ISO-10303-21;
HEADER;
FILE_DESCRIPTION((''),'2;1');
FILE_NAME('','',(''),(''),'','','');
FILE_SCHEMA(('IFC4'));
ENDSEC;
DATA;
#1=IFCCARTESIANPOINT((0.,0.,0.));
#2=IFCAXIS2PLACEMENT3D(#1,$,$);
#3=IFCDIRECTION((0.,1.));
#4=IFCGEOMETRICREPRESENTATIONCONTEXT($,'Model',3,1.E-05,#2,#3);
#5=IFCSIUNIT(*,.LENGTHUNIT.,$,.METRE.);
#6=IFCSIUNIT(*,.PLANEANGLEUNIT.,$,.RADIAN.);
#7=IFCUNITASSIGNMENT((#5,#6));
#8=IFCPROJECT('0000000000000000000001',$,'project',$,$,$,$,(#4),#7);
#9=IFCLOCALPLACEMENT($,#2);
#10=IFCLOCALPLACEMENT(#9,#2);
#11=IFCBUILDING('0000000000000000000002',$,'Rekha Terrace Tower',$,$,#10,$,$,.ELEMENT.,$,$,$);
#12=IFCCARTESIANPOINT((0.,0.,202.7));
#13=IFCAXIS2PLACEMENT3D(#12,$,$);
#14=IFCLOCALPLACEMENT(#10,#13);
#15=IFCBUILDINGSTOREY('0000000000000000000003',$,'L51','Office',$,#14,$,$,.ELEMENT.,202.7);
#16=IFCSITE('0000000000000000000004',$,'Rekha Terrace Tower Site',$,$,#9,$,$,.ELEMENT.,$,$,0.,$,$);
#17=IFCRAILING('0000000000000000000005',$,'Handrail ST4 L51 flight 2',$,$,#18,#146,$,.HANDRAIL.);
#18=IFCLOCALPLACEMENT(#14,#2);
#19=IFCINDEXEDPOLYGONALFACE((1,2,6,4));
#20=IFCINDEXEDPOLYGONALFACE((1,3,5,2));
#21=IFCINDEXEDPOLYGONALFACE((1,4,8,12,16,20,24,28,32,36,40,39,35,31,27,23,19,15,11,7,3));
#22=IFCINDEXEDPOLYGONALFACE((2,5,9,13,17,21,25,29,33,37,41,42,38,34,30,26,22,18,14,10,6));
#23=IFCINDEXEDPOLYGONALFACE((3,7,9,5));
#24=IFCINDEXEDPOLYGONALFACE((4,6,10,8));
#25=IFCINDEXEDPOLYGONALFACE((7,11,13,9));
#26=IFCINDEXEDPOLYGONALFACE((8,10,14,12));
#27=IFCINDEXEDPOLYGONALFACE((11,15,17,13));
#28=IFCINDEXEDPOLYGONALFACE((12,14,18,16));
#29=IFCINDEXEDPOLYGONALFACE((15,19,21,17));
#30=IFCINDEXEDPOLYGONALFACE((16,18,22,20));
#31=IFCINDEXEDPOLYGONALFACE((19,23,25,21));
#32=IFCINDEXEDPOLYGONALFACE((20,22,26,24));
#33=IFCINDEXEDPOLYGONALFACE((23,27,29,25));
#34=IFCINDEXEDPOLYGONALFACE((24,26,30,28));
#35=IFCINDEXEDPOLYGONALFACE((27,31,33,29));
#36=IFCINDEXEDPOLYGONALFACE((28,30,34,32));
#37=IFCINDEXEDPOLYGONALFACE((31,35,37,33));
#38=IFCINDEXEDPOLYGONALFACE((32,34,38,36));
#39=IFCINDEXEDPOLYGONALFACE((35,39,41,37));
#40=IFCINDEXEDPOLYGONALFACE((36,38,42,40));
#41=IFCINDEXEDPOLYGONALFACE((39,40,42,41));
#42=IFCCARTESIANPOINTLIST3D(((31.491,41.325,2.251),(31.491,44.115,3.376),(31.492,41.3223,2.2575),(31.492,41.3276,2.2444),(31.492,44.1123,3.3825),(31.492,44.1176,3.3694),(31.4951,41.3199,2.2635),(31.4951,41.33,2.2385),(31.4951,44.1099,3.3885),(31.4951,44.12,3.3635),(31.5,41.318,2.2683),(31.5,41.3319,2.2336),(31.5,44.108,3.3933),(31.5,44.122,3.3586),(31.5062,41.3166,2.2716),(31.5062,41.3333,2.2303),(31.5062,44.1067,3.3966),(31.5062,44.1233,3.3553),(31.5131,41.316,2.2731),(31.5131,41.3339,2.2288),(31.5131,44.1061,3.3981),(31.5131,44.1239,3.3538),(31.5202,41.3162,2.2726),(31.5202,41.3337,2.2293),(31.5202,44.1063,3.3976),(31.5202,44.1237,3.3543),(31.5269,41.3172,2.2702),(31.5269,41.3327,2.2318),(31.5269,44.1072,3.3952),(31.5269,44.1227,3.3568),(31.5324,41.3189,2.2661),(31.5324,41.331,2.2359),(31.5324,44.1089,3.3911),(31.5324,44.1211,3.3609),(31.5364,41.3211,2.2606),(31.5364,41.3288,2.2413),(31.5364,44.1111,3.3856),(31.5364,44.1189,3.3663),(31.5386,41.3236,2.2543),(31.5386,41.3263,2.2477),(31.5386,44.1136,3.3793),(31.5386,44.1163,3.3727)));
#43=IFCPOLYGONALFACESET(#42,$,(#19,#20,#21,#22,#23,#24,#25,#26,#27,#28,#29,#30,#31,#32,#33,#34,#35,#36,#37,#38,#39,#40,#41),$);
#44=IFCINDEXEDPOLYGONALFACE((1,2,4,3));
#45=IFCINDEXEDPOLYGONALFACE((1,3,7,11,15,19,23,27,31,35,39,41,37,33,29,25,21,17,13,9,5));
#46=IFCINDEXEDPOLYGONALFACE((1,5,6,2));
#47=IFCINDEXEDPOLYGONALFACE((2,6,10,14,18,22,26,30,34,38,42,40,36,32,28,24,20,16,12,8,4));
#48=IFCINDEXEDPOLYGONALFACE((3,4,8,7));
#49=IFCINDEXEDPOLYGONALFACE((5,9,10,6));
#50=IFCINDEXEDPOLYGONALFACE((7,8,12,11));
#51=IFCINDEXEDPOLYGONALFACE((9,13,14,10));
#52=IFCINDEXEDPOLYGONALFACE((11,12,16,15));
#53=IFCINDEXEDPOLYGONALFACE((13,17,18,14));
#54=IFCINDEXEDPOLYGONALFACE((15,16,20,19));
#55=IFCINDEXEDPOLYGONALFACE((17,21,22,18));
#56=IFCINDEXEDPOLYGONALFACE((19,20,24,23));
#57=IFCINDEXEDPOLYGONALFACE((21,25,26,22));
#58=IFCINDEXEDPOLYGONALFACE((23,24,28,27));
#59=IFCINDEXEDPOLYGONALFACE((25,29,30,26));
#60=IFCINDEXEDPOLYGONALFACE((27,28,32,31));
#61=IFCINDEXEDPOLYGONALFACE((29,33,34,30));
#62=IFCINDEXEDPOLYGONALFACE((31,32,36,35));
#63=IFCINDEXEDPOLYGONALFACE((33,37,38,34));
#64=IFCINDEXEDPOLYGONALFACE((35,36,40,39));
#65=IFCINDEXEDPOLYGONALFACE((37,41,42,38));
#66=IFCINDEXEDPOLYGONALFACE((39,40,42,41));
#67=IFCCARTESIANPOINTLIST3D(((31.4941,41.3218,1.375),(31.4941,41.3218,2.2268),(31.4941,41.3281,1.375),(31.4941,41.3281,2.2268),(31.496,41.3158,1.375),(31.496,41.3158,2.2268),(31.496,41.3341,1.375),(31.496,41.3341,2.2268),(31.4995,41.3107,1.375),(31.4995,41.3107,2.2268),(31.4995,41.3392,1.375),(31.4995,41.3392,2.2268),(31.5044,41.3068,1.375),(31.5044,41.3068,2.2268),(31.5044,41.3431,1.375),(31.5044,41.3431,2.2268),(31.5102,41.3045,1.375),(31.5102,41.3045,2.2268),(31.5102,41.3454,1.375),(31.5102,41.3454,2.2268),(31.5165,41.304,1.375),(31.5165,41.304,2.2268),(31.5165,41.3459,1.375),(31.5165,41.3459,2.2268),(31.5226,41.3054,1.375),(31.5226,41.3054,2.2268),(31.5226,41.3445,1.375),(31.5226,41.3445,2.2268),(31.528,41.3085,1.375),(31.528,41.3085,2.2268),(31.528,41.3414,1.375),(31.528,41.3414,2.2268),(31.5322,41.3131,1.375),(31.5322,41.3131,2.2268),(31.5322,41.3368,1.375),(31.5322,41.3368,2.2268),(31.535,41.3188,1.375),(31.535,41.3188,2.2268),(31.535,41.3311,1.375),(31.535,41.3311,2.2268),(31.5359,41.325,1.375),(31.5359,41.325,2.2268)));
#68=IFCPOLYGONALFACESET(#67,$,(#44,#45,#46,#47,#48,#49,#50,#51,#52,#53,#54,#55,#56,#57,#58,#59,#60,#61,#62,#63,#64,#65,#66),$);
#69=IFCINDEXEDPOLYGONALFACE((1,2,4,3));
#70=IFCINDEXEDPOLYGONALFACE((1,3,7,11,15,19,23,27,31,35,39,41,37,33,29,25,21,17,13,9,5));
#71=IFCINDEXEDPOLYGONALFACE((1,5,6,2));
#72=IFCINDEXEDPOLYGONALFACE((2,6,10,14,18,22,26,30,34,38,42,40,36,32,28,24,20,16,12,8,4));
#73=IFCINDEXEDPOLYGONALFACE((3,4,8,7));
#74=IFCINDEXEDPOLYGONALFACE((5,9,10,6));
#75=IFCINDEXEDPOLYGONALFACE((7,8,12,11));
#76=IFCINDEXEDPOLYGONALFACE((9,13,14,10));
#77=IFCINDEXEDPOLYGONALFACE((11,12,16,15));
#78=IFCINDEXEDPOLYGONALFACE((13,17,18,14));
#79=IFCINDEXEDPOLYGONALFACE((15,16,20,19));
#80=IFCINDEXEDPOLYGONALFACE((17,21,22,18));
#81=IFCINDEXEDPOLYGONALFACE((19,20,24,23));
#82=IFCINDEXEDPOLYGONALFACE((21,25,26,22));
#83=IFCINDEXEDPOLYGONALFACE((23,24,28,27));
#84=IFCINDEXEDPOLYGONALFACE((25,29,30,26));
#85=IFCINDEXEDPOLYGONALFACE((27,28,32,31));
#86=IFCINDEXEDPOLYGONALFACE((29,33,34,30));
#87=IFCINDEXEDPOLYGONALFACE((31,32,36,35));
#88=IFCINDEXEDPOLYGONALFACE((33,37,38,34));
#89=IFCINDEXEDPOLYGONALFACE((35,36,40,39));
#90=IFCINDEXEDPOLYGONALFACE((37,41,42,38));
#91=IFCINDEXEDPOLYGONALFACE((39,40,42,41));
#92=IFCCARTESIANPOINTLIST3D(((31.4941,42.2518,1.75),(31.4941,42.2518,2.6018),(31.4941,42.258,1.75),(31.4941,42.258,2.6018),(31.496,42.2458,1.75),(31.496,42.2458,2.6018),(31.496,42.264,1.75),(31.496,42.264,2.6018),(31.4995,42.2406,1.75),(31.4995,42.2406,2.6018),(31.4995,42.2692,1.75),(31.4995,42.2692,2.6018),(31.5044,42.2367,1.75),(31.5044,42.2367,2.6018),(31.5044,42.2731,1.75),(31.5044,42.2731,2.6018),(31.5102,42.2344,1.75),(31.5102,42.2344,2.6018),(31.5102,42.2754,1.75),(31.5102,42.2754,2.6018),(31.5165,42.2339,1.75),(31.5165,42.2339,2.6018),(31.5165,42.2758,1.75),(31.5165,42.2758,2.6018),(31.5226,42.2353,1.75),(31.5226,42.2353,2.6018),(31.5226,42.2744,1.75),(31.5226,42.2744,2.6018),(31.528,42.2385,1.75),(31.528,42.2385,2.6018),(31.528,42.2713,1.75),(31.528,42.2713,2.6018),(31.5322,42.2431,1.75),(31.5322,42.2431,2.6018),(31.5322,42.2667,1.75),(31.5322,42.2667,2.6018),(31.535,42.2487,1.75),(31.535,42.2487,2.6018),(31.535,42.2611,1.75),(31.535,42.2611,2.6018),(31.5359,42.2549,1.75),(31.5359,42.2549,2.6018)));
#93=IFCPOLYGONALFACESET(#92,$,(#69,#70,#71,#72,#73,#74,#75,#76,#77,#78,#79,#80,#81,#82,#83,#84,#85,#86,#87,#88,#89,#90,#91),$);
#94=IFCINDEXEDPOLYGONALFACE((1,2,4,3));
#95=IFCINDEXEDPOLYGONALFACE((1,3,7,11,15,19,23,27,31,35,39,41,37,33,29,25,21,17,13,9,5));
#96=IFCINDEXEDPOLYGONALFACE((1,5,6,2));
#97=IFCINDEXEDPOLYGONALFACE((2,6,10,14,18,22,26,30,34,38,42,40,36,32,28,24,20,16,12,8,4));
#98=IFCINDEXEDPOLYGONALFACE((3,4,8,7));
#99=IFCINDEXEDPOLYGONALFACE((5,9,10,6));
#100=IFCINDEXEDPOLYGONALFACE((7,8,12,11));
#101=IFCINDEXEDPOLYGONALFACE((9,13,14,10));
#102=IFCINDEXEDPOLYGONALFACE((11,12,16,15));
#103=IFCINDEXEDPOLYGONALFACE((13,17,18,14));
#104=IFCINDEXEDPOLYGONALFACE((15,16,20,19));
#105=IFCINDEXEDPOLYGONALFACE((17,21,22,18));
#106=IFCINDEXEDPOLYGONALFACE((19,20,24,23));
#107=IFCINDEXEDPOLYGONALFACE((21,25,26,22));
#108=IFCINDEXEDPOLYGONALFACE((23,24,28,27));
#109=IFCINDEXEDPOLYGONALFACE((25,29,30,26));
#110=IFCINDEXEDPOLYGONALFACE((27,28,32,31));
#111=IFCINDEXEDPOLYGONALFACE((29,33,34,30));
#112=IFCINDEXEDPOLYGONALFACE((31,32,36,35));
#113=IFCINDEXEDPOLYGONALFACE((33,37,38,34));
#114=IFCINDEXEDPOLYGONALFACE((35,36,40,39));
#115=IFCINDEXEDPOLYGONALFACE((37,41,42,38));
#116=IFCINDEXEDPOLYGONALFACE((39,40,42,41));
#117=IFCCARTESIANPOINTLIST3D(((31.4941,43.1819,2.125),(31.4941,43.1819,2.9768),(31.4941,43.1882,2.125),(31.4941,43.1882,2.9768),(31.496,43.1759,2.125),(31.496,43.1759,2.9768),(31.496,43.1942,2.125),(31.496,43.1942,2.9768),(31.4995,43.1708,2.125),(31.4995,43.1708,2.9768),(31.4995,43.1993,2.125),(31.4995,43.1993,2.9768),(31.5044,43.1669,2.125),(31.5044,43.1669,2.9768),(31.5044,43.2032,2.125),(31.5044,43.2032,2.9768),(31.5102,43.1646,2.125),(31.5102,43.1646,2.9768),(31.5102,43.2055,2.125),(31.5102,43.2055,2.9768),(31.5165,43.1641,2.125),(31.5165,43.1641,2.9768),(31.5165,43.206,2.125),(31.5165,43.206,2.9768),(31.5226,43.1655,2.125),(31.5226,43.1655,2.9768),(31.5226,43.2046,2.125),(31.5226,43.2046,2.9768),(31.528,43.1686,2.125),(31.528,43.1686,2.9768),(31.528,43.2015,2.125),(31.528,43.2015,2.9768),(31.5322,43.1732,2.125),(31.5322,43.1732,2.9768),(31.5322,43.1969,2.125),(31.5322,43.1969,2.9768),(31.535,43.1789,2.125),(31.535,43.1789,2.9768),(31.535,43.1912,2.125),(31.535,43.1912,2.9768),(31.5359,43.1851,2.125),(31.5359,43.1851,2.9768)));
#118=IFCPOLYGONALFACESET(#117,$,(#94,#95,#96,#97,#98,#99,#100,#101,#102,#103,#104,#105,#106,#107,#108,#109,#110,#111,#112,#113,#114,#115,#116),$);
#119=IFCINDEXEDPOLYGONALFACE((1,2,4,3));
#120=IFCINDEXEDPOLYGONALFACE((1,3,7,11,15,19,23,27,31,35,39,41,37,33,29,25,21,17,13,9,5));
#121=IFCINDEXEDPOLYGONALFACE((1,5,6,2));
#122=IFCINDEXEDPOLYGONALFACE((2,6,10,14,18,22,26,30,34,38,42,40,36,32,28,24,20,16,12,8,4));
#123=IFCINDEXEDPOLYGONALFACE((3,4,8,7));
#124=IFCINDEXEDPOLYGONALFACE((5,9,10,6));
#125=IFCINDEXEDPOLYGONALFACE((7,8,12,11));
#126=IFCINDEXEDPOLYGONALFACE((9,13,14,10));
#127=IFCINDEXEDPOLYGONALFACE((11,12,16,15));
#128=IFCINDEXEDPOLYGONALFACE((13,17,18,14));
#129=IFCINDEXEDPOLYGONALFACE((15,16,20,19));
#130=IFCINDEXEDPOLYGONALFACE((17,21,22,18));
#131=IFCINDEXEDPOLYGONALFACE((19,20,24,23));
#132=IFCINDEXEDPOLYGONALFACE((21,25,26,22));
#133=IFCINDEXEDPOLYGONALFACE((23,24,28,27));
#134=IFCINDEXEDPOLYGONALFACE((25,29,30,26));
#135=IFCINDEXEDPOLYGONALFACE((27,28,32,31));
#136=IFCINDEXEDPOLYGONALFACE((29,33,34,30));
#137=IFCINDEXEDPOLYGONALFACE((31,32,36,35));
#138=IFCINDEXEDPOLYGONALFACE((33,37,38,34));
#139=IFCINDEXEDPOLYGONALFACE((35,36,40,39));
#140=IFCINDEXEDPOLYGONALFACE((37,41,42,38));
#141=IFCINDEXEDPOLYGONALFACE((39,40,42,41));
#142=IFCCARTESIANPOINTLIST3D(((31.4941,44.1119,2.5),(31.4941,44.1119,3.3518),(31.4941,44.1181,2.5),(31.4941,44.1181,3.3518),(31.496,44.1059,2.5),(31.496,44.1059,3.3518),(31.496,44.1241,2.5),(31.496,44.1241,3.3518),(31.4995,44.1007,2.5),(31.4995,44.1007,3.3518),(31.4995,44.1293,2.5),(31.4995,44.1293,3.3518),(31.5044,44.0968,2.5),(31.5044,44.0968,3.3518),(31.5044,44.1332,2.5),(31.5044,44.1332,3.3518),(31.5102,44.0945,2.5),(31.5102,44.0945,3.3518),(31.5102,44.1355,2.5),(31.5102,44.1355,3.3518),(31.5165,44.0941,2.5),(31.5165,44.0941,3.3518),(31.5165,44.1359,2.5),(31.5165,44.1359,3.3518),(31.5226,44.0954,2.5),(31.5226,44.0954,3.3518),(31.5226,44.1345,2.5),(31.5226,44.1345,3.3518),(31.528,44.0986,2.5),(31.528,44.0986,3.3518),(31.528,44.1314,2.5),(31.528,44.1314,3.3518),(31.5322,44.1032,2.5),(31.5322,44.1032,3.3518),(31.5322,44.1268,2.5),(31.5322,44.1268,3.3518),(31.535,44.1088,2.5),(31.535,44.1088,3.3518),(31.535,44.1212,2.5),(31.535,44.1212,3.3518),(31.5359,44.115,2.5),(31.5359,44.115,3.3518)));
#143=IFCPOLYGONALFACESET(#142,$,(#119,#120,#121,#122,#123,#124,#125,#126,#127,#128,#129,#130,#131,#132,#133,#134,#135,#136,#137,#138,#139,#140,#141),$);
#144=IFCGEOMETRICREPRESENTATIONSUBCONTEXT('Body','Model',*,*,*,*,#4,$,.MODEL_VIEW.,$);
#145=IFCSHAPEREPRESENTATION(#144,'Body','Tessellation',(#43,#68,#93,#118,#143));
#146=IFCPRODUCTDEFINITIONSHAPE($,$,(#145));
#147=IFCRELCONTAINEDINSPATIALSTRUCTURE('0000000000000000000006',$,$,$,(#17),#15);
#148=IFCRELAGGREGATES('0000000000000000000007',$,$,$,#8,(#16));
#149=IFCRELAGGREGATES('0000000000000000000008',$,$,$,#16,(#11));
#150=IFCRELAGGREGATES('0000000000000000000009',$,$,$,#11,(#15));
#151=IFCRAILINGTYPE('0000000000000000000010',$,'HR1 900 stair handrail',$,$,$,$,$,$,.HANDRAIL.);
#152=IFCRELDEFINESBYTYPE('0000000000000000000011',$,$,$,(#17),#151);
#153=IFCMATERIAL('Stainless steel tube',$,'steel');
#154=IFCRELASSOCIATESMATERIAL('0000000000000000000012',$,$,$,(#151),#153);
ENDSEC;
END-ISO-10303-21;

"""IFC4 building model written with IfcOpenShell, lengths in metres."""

from ifc_helpers import new_model, si_unit, direction, frame, origin, origin_2d, place, context, subcontext, project, spatial, circle, extrude, material, type_object, element, save


model = new_model("IFC4")

# Units and contexts
model_context = context("Model", 3, precision=1e-05, world=origin(), true_north=direction((0.0, 1.0)))
body_context = subcontext(model_context, "Body", "Model", "MODEL_VIEW")
ifc_project = project(units=[si_unit("LENGTHUNIT", "METRE"), si_unit("PLANEANGLEUNIT", "RADIAN")], contexts=[model_context])

# Site, building, storey
site_placement = place(None, origin())
site = spatial("IfcSite", under=ifc_project, at=site_placement, Name="Rekha Terrace Tower Site", CompositionType="ELEMENT", RefElevation=0.0)
building_placement = place(site_placement, origin())
building = spatial("IfcBuilding", under=site, at=building_placement, Name="Rekha Terrace Tower", CompositionType="ELEMENT")
storey_placement = place(building_placement, frame((0.0, 0.0, 202.7)))
storey = spatial("IfcBuildingStorey", under=building, at=storey_placement, Name="L51", Description="Office", CompositionType="ELEMENT", Elevation=202.7)

# Railing
ifc_material_1 = material(Name="Stainless steel tube", Category="steel")
railing_type_1 = type_object("IfcRailingType", Name="HR1 900 stair handrail", PredefinedType="HANDRAIL", material=ifc_material_1)
railing_1_placement = place(storey_placement, frame((31.5149, 41.325, 1.375)))
element("IfcRailing", 1, at=railing_1_placement, inside=storey, type_object=railing_type_1, Name="Handrail ST4 L51 flight 2", PredefinedType="HANDRAIL", context=body_context, shape_type="SweptSolid", body=[
    extrude(circle(Radius=0.0239, at=origin_2d()), frame((0.0, 0.0, 0.876), z_axis=(0.0, 0.927443, 0.373964), x_axis=(-1.0, 0.0, 0.0)), (0.0, 0.0, 1.0), 3.0083),
    extrude(circle(Radius=0.021, at=origin_2d()), origin(), (0.0, 0.0, 1.0), 0.8518),
    extrude(circle(Radius=0.021, at=origin_2d()), frame((0.0, 0.9299, 0.375)), (0.0, 0.0, 1.0), 0.8518),
    extrude(circle(Radius=0.021, at=origin_2d()), frame((0.0, 1.8601, 0.75)), (0.0, 0.0, 1.0), 0.8518),
    extrude(circle(Radius=0.021, at=origin_2d()), frame((0.0, 2.79, 1.125)), (0.0, 0.0, 1.0), 0.8518),
])

save(model, "model.ifc")
